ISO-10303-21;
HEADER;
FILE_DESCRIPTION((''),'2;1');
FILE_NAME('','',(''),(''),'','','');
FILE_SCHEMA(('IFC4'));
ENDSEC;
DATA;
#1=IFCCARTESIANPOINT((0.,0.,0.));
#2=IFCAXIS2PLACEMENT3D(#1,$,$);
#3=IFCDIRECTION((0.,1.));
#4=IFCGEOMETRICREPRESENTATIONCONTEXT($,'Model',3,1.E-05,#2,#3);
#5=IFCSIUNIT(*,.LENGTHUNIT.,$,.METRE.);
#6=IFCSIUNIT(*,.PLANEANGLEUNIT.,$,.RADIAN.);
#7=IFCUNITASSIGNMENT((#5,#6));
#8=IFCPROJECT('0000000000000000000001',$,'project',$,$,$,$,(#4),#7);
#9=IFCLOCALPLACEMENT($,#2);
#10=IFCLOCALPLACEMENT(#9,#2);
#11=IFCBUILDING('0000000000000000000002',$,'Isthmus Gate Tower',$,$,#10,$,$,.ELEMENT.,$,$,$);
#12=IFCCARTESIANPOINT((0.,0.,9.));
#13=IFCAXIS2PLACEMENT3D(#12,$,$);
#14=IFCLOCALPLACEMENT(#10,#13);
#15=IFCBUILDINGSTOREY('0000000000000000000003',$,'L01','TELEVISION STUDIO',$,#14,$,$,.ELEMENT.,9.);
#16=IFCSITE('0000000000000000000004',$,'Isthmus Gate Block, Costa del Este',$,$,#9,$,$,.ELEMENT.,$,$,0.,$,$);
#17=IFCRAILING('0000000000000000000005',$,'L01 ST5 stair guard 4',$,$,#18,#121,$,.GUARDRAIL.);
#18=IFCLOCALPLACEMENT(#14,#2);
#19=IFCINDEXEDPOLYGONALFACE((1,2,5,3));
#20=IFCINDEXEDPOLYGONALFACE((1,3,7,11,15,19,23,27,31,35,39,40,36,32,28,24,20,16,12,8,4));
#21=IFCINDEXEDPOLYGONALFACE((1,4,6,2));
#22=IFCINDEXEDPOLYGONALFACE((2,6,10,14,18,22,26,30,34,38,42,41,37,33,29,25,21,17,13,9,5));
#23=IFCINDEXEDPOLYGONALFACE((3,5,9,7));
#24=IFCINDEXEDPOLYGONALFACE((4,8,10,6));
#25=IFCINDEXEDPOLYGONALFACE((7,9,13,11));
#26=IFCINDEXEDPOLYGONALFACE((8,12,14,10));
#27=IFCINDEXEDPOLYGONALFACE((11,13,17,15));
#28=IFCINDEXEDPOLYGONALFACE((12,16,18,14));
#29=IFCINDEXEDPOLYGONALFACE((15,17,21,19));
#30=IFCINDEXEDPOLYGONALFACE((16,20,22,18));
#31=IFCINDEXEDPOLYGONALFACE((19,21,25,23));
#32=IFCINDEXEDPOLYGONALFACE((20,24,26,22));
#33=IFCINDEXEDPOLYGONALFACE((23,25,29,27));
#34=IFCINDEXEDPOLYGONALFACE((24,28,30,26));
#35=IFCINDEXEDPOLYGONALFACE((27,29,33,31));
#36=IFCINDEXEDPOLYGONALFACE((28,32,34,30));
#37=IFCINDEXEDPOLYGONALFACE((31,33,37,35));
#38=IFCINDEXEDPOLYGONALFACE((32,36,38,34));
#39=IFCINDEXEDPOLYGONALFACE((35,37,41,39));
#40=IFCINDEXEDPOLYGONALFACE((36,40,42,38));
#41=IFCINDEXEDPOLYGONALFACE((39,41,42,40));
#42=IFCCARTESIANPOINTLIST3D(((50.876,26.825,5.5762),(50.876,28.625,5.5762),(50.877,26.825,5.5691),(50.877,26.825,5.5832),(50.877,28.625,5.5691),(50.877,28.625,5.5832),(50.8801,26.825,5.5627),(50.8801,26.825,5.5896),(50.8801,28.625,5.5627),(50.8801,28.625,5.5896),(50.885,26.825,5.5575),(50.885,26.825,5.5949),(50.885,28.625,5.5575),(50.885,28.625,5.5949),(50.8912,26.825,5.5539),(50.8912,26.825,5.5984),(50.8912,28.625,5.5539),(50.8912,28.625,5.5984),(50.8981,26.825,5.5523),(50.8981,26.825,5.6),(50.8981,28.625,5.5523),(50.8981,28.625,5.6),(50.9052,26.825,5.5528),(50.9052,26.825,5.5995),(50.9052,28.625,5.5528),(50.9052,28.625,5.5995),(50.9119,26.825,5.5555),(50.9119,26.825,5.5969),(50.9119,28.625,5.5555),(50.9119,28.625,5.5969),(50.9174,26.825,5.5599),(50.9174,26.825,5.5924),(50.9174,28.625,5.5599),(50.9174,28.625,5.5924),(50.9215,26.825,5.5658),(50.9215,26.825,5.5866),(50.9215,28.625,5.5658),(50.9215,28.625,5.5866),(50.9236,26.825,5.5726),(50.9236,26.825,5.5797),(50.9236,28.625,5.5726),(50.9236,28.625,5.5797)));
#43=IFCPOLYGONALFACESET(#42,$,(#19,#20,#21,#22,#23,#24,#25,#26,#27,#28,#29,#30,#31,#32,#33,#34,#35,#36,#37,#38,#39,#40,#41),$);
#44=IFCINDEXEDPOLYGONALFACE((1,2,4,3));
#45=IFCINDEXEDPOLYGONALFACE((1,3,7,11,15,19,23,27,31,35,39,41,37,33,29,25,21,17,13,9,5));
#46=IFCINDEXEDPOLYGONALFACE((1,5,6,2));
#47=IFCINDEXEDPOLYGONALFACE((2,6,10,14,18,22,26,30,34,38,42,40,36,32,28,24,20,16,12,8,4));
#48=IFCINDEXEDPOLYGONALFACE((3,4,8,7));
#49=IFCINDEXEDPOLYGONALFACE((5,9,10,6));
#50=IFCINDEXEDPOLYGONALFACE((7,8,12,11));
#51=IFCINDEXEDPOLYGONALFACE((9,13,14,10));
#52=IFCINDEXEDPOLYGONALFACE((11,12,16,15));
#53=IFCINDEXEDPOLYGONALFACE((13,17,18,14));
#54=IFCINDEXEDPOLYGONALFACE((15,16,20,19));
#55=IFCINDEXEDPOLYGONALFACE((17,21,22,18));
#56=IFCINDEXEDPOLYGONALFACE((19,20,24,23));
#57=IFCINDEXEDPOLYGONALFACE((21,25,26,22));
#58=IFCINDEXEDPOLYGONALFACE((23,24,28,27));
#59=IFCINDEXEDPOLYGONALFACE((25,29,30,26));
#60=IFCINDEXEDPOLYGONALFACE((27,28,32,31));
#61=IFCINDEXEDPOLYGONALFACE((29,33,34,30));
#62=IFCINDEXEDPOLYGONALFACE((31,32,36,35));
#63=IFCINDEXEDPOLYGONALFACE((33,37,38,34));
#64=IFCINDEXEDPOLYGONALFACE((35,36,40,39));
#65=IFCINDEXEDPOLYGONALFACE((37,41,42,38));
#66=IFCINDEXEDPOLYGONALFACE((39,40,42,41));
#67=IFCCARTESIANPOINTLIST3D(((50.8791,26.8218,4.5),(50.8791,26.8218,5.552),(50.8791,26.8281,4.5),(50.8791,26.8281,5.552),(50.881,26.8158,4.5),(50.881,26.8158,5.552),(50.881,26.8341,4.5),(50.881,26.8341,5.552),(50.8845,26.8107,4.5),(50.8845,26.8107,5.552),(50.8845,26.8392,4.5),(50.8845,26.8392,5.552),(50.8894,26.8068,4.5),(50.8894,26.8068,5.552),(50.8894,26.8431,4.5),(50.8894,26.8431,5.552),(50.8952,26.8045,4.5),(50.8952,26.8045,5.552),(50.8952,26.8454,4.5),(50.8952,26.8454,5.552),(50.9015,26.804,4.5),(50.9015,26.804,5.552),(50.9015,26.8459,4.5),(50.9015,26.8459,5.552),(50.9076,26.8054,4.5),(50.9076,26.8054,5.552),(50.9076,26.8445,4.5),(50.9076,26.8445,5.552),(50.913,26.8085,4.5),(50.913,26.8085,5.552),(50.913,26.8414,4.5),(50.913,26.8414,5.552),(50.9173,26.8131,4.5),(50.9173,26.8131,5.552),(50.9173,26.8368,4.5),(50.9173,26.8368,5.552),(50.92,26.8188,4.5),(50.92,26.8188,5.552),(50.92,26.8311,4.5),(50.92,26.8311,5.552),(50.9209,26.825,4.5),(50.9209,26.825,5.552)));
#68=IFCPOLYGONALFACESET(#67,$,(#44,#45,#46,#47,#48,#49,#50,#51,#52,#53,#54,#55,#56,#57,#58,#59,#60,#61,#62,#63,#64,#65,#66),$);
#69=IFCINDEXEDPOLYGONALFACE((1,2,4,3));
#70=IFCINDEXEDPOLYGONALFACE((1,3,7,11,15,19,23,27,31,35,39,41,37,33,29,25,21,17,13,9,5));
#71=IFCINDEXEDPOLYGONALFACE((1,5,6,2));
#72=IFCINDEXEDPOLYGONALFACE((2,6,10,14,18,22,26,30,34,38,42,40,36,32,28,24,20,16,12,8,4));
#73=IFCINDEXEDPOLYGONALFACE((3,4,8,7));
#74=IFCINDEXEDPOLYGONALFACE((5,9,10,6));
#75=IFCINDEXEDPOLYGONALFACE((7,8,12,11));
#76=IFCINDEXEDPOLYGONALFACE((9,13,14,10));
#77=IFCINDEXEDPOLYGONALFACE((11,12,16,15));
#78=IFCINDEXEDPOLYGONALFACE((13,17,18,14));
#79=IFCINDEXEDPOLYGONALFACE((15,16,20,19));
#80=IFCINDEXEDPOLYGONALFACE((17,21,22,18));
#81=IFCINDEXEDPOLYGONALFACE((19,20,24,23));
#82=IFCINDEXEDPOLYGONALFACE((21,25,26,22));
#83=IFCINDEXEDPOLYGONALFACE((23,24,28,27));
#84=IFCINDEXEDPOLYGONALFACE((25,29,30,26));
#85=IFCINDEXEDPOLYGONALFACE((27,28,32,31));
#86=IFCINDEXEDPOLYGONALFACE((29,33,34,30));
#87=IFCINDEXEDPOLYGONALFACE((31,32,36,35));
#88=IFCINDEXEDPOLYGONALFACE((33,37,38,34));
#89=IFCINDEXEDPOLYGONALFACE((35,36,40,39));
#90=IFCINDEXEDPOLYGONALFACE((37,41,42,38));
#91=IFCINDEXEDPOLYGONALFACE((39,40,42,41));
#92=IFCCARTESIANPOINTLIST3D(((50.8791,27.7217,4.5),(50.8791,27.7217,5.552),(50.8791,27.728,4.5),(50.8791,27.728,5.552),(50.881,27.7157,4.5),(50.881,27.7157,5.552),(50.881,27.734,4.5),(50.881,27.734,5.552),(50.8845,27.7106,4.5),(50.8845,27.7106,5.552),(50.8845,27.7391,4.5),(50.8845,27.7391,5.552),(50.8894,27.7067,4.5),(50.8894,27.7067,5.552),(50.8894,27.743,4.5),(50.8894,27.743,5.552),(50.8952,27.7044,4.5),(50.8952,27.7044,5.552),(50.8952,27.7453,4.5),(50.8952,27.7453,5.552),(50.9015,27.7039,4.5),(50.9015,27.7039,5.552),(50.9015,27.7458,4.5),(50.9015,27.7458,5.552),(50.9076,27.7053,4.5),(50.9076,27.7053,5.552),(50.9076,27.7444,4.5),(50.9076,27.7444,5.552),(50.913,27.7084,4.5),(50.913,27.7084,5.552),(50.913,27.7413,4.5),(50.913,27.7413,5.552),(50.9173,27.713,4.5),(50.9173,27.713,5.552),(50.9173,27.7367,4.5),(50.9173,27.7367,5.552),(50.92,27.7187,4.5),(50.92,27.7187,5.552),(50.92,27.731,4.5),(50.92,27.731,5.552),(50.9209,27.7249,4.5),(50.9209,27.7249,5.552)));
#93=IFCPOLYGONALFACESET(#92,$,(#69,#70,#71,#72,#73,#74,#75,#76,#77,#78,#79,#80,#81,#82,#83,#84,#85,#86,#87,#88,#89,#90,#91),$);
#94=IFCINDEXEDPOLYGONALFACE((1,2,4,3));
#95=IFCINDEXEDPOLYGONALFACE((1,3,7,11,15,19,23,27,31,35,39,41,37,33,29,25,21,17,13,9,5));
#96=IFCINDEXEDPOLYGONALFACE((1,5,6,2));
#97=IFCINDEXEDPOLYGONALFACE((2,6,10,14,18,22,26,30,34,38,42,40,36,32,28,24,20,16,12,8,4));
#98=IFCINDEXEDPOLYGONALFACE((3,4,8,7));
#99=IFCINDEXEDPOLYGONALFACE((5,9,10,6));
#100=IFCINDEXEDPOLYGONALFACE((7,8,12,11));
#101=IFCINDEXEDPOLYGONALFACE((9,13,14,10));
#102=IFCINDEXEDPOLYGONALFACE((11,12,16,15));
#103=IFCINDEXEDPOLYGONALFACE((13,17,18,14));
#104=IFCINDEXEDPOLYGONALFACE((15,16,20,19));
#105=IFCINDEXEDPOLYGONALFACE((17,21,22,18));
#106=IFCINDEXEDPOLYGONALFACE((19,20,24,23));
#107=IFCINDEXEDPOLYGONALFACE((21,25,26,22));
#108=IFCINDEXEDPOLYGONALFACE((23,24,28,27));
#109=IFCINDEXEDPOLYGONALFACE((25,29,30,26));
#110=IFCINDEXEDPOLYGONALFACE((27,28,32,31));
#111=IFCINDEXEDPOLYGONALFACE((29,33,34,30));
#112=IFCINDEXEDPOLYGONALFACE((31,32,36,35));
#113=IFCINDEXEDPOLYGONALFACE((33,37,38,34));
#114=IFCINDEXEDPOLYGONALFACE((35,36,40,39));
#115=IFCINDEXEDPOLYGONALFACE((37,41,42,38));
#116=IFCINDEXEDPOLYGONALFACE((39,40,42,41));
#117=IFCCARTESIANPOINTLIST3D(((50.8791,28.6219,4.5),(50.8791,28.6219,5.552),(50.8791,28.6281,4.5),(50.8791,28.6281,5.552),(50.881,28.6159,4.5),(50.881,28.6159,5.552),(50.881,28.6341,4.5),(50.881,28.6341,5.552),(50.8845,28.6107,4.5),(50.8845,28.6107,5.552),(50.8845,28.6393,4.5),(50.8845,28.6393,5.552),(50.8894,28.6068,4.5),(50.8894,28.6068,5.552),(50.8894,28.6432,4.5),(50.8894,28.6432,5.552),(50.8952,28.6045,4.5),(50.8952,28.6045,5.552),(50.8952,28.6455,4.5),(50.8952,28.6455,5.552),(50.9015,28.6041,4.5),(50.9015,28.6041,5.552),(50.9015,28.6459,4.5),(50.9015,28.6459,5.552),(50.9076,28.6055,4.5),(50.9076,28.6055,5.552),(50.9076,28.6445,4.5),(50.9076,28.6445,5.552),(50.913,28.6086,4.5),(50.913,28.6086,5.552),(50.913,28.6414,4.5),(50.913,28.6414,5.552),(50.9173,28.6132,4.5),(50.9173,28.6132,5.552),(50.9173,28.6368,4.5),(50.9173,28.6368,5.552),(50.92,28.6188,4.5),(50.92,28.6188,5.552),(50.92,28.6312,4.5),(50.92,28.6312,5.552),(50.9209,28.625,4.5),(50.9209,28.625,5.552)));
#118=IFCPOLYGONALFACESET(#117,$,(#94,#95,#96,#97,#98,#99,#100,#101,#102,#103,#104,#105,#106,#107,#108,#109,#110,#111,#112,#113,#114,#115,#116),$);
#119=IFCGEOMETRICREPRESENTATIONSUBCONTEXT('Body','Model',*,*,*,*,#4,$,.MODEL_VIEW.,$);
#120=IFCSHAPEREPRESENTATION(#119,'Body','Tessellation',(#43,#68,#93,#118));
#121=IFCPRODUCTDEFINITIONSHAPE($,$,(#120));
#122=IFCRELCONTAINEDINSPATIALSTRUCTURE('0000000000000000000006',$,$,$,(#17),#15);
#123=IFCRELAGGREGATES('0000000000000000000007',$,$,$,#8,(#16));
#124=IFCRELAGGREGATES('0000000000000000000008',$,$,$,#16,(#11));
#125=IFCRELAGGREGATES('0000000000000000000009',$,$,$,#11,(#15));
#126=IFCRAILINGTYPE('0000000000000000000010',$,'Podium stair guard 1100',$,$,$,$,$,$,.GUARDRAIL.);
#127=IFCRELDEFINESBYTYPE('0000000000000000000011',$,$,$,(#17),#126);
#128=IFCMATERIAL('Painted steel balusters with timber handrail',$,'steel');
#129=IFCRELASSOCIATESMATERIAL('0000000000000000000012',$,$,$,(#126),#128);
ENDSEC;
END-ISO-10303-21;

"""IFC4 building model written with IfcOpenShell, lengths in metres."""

from ifc_helpers import new_model, si_unit, direction, frame, origin, origin_2d, place, context, subcontext, project, spatial, circle, extrude, material, type_object, element, save


model = new_model("IFC4")

# Units and contexts
model_context = context("Model", 3, precision=1e-05, world=origin(), true_north=direction((0.0, 1.0)))
body_context = subcontext(model_context, "Body", "Model", "MODEL_VIEW")
ifc_project = project(units=[si_unit("LENGTHUNIT", "METRE"), si_unit("PLANEANGLEUNIT", "RADIAN")], contexts=[model_context])

# Site, building, storey
site_placement = place(None, origin())
site = spatial("IfcSite", under=ifc_project, at=site_placement, Name="Isthmus Gate Block, Costa del Este", CompositionType="ELEMENT", RefElevation=0.0)
building_placement = place(site_placement, origin())
building = spatial("IfcBuilding", under=site, at=building_placement, Name="Isthmus Gate Tower", CompositionType="ELEMENT")
storey_placement = place(building_placement, frame((0.0, 0.0, 9.0)))
storey = spatial("IfcBuildingStorey", under=building, at=storey_placement, Name="L01", Description="TELEVISION STUDIO", CompositionType="ELEMENT", Elevation=9.0)

# Railing
ifc_material_1 = material(Name="Painted steel balusters with timber handrail", Category="steel")
railing_type_1 = type_object("IfcRailingType", Name="Podium stair guard 1100", PredefinedType="GUARDRAIL", material=ifc_material_1)
railing_1_placement = place(storey_placement, frame((50.8999, 26.825, 4.5)))
element("IfcRailing", 1, at=railing_1_placement, inside=storey, type_object=railing_type_1, Name="L01 ST5 stair guard 4", PredefinedType="GUARDRAIL", context=body_context, shape_type="SweptSolid", body=[
    extrude(circle(Radius=0.0239, at=origin_2d()), frame((0.0, 0.0, 1.0762), z_axis=(0.0, 1.0, 0.0), x_axis=(-1.0, 0.0, 0.0)), (0.0, 0.0, 1.0), 1.8),
    extrude(circle(Radius=0.021, at=origin_2d()), origin(), (0.0, 0.0, 1.0), 1.052),
    extrude(circle(Radius=0.021, at=origin_2d()), frame((0.0, 0.8999, 0.0)), (0.0, 0.0, 1.0), 1.052),
    extrude(circle(Radius=0.021, at=origin_2d()), frame((0.0, 1.8, 0.0)), (0.0, 0.0, 1.0), 1.052),
])

save(model, "model.ifc")
